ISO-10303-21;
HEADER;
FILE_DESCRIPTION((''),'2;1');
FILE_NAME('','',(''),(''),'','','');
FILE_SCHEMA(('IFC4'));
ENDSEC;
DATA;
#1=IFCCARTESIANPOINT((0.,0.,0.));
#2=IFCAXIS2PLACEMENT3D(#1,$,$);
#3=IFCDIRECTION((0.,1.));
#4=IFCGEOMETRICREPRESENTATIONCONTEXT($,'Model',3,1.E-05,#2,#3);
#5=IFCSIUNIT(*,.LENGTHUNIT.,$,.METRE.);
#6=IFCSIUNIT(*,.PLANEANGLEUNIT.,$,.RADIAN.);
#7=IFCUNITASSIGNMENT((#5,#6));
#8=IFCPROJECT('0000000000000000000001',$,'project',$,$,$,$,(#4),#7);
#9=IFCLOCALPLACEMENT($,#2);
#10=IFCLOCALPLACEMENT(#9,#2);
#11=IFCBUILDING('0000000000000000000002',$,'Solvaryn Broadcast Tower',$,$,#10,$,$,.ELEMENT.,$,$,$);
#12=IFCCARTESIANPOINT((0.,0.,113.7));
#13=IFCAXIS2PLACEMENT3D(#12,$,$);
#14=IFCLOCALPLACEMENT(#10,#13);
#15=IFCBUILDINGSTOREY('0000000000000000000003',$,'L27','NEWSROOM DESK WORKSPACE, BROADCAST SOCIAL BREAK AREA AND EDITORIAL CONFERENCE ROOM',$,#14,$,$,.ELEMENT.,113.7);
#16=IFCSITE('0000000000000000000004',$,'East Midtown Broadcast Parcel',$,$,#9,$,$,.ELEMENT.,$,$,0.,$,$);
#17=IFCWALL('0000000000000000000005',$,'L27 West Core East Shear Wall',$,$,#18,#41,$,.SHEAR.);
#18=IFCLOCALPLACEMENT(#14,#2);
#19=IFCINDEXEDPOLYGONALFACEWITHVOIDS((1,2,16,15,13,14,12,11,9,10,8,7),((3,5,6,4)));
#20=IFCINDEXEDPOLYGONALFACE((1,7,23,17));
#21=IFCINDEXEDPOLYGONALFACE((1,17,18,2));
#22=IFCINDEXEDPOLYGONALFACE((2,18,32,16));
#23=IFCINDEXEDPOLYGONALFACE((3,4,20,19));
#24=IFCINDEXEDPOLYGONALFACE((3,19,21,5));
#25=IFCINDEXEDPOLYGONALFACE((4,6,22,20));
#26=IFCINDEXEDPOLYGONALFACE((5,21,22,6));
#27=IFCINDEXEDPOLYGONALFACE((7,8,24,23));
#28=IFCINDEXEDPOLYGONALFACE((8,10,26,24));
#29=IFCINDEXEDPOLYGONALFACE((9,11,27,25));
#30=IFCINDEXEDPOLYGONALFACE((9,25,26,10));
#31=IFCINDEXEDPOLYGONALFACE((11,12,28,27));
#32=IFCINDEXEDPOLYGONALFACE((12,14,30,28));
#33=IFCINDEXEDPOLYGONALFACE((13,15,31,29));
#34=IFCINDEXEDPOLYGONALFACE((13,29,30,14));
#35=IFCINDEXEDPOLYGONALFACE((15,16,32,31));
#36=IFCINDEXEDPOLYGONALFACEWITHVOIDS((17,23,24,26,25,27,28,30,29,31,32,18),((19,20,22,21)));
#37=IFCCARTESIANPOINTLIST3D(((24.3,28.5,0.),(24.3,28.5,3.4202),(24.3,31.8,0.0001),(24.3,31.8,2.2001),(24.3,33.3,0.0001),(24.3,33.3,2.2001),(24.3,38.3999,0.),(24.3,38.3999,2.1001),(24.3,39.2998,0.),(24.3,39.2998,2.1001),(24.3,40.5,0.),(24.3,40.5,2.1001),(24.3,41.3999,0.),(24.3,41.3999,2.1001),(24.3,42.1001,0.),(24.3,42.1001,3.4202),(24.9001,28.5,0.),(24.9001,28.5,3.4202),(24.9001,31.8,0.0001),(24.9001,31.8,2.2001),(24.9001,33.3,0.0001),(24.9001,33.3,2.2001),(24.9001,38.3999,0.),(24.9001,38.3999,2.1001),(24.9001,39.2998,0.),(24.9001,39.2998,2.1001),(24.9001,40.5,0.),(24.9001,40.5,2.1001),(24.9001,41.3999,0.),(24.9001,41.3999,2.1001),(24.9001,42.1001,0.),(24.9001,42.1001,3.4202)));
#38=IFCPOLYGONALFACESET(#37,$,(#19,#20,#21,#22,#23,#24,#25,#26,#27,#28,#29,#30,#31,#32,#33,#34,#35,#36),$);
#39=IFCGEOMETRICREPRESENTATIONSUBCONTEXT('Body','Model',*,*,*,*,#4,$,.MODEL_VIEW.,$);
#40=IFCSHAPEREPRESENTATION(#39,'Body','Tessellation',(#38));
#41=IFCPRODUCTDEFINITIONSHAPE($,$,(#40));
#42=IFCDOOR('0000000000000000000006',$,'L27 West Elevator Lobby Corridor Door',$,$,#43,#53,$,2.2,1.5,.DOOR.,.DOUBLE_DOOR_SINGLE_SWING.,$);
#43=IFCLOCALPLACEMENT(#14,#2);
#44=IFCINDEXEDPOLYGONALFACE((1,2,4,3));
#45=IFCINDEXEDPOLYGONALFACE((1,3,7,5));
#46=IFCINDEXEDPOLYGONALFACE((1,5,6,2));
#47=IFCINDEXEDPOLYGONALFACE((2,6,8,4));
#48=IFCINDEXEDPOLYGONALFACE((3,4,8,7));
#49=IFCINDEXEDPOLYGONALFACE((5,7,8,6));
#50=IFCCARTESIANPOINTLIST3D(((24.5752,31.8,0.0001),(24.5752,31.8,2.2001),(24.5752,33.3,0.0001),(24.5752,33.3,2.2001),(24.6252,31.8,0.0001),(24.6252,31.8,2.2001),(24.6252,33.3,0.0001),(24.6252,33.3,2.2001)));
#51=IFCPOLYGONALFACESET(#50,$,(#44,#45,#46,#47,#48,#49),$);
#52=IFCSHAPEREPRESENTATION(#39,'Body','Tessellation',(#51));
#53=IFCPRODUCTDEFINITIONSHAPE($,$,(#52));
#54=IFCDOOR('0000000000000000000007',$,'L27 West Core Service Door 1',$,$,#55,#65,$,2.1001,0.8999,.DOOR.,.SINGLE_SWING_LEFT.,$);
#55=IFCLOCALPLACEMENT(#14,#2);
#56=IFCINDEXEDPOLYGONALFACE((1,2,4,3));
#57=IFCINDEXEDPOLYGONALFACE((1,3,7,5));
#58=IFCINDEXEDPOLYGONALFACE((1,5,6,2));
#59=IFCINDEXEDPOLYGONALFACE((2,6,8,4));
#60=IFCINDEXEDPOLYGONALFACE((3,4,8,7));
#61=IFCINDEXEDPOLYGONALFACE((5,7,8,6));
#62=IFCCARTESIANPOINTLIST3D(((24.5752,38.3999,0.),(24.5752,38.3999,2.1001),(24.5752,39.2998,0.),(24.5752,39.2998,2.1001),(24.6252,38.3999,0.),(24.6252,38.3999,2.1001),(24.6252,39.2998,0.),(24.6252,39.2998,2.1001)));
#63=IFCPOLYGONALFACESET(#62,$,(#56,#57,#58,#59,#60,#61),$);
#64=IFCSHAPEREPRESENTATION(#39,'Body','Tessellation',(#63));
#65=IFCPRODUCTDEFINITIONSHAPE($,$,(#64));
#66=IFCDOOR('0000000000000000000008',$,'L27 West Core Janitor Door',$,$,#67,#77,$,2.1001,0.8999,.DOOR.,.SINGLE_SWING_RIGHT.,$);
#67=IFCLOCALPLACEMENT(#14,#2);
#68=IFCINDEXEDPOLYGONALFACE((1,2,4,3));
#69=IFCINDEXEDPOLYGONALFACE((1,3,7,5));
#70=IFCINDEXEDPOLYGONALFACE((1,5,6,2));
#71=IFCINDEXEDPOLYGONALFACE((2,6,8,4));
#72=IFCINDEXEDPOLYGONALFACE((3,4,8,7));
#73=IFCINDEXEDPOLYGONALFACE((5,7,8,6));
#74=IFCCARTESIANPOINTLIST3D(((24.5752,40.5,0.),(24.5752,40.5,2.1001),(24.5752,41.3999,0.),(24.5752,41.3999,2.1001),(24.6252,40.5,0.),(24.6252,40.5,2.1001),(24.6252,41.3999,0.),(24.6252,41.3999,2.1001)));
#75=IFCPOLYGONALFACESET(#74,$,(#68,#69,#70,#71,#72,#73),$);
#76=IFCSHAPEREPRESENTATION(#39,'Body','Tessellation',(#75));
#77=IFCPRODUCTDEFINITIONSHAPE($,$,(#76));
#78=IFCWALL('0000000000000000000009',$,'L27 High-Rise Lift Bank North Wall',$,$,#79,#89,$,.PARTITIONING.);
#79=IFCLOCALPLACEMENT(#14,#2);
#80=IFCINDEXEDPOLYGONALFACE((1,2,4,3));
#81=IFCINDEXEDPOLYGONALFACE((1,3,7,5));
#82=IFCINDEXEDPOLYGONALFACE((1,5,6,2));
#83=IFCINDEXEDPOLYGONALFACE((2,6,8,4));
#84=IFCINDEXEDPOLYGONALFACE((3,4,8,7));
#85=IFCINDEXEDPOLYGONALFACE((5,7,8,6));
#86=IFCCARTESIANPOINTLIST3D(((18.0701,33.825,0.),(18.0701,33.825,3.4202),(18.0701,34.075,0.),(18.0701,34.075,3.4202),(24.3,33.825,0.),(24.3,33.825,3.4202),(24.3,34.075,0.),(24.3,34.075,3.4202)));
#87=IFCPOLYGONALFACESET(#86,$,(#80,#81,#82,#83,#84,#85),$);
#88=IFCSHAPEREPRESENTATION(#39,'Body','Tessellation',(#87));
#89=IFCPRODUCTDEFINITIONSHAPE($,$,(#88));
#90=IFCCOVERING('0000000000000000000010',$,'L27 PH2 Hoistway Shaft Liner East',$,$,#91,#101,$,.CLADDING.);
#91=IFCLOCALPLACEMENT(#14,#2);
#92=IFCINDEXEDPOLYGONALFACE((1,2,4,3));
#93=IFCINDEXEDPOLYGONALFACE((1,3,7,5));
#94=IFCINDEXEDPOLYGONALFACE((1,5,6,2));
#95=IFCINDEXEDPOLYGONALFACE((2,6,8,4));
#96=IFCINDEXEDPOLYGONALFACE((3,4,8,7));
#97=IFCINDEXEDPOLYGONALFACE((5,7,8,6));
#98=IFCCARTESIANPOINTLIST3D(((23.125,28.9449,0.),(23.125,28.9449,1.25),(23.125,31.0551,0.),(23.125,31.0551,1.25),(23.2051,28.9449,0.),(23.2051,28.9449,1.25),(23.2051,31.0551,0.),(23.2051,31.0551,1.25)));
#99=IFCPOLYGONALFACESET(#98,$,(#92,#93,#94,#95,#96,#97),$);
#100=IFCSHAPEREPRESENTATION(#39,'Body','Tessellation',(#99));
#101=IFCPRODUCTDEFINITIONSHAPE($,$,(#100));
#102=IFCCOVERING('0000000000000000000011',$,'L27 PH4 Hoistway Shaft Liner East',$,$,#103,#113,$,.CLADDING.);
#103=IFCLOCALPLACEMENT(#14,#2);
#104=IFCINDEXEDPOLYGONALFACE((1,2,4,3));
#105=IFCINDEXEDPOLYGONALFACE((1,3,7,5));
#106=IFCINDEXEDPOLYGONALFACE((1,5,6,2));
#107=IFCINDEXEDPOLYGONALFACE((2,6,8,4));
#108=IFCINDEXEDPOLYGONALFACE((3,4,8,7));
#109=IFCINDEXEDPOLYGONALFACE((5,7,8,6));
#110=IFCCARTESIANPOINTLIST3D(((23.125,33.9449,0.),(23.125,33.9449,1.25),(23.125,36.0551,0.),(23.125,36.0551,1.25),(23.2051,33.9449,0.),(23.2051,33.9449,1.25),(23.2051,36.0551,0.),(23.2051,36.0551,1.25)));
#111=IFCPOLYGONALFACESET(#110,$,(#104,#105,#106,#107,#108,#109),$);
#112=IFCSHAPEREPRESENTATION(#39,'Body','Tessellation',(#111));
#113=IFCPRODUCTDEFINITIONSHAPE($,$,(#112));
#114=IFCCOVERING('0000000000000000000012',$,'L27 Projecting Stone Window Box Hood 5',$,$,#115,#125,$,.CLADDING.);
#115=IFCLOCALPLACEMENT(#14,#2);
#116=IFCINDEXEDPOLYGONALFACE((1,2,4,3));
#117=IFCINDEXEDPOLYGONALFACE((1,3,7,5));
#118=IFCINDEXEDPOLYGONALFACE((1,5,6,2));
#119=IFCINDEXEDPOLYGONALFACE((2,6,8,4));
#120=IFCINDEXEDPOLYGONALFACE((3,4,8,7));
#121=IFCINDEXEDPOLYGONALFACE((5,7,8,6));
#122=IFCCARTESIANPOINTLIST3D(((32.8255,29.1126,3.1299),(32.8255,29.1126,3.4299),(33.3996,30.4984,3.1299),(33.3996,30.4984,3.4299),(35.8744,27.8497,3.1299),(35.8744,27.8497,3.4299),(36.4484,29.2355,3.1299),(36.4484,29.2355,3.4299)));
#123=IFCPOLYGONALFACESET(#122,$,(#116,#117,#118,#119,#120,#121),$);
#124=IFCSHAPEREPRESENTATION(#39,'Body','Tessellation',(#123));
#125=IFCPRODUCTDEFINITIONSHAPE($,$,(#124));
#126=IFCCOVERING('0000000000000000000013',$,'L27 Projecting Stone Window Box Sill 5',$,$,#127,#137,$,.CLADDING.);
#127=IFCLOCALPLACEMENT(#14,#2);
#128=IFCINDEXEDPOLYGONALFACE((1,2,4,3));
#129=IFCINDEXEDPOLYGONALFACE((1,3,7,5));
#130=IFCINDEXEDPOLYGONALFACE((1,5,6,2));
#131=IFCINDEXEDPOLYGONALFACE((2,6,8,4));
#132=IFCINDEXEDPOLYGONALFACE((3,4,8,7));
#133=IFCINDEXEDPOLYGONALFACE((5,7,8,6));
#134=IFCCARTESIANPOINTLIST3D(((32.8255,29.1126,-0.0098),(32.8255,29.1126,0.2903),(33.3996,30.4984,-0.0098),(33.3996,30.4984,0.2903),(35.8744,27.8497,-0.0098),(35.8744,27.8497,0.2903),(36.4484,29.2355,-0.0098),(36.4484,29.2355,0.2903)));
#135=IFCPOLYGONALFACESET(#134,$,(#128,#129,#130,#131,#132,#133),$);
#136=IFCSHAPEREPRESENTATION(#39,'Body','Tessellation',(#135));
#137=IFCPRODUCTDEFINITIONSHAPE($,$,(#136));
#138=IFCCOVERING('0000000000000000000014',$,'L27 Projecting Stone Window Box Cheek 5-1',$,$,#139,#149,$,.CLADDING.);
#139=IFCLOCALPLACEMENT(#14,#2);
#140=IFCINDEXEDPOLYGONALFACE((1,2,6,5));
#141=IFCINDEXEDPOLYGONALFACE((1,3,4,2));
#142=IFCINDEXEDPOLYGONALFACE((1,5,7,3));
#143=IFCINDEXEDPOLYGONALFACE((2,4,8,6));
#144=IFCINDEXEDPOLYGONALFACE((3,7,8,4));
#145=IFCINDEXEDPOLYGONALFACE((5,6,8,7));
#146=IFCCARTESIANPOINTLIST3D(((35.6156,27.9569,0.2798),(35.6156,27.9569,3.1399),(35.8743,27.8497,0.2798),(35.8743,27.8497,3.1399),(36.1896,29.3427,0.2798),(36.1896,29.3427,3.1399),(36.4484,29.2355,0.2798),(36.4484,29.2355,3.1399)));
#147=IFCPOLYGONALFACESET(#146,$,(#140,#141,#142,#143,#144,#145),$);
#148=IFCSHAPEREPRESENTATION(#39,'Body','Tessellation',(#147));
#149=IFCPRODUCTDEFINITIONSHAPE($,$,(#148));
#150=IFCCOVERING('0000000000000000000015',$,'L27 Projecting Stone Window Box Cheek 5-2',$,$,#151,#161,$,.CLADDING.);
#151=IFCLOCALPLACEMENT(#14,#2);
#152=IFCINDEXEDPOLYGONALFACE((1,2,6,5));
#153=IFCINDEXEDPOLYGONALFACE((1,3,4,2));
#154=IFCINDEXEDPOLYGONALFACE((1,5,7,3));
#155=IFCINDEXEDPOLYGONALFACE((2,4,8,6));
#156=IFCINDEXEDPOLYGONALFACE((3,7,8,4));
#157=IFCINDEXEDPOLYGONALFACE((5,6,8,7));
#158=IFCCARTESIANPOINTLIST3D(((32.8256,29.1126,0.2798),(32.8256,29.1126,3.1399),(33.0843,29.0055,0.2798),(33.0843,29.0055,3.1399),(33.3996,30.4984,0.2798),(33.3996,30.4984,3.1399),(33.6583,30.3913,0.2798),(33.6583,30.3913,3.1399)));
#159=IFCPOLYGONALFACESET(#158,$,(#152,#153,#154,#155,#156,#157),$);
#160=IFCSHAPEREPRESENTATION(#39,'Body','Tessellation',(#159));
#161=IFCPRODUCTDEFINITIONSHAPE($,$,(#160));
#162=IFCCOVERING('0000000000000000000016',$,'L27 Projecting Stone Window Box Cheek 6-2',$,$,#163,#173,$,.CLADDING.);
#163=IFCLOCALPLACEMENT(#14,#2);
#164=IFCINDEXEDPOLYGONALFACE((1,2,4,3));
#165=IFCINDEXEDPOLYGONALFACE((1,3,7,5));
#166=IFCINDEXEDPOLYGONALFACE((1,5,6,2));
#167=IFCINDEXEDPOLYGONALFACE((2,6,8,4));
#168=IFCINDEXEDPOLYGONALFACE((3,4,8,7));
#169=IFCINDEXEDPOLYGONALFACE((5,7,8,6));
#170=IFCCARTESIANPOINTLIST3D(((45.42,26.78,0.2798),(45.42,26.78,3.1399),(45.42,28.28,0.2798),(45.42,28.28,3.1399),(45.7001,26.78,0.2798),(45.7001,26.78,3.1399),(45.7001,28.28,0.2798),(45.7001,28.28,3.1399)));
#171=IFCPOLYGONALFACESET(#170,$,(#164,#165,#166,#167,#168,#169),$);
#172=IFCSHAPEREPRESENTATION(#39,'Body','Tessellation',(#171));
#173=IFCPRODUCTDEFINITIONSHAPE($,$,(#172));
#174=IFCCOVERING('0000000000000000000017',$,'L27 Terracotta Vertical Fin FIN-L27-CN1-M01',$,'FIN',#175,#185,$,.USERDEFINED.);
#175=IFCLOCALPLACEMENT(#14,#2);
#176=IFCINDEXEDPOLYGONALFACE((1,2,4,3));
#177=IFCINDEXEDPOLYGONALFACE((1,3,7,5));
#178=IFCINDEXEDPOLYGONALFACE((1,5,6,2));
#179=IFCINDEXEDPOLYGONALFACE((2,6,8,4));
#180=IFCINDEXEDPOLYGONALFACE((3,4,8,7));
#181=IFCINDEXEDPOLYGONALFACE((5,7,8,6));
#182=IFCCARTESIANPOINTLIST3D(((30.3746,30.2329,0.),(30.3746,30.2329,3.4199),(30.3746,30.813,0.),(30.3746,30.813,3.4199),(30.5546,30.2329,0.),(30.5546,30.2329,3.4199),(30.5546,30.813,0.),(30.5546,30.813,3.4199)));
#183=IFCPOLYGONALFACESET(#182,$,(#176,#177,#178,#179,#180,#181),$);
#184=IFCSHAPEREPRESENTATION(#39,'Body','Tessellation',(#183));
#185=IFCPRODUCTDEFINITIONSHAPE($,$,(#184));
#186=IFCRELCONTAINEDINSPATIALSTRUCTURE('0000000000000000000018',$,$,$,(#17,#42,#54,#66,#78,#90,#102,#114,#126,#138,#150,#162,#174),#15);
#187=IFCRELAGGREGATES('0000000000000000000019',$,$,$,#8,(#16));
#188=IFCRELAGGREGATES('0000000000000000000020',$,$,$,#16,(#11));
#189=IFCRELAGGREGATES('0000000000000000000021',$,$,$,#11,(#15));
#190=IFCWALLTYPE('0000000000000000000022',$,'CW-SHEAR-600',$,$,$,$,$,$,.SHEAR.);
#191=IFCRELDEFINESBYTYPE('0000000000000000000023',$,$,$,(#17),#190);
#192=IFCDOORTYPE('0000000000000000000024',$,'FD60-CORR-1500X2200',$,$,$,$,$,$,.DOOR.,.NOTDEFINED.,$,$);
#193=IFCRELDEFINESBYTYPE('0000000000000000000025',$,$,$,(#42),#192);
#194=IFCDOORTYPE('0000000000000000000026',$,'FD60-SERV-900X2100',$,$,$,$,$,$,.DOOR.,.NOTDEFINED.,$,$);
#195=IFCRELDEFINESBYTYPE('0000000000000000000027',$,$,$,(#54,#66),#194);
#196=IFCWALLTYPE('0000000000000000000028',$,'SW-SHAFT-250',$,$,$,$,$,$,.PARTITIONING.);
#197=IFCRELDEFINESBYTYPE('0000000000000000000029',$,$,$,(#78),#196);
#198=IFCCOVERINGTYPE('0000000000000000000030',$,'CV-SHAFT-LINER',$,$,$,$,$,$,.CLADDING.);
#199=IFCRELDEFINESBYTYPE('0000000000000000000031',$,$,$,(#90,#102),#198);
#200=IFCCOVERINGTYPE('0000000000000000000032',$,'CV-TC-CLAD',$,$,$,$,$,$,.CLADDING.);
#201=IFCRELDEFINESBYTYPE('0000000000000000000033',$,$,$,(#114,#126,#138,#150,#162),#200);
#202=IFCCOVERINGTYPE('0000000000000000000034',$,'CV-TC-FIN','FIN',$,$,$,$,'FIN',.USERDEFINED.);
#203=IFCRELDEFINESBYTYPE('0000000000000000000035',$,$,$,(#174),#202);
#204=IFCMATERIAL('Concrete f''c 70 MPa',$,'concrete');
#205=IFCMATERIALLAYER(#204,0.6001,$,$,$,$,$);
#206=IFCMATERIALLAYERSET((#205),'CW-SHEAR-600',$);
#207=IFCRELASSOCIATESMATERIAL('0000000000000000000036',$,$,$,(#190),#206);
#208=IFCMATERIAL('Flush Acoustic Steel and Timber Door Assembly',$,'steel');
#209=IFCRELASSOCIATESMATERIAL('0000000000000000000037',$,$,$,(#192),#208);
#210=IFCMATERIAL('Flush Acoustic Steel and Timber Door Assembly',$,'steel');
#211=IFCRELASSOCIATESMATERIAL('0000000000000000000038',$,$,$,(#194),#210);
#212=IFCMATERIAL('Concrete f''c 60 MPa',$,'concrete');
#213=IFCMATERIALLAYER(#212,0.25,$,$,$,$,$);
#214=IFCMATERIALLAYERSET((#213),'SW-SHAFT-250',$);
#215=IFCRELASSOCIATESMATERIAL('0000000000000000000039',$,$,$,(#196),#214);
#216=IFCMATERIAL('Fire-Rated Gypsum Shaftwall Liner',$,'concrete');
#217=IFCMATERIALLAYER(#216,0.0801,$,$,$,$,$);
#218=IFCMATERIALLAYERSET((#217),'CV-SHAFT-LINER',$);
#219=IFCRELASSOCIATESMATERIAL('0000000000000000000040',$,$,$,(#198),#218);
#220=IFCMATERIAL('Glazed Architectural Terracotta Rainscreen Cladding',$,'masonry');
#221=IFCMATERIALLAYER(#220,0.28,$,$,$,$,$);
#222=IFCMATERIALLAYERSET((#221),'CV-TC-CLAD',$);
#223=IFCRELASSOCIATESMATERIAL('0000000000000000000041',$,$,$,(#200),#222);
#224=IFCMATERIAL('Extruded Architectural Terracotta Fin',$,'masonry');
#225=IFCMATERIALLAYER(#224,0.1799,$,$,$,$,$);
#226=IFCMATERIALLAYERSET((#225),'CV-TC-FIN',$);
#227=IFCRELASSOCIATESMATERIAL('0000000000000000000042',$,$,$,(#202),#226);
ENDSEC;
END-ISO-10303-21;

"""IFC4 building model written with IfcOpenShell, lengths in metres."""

from ifc_helpers import new_model, si_unit, direction, frame, frame_2d, origin, origin_2d, place, context, subcontext, project, spatial, rectangle, extrude, material, layer, layer_set, type_object, element, fill, save


model = new_model("IFC4")

# Units and contexts
model_context = context("Model", 3, precision=1e-05, world=origin(), true_north=direction((0.0, 1.0)))
body_context = subcontext(model_context, "Body", "Model", "MODEL_VIEW")
ifc_project = project(units=[si_unit("LENGTHUNIT", "METRE"), si_unit("PLANEANGLEUNIT", "RADIAN")], contexts=[model_context])

# Site, building, storey
site_placement = place(None, origin())
site = spatial("IfcSite", under=ifc_project, at=site_placement, Name="East Midtown Broadcast Parcel", CompositionType="ELEMENT", RefElevation=0.0)
building_placement = place(site_placement, origin())
building = spatial("IfcBuilding", under=site, at=building_placement, Name="Solvaryn Broadcast Tower", CompositionType="ELEMENT")
storey_placement = place(building_placement, frame((0.0, 0.0, 113.7)))
storey = spatial("IfcBuildingStorey", under=building, at=storey_placement, Name="L27", Description="NEWSROOM DESK WORKSPACE, BROADCAST SOCIAL BREAK AREA AND EDITORIAL CONFERENCE ROOM", CompositionType="ELEMENT", Elevation=113.7)

# Wall, openings, doors
ifc_material_1 = material(Name="Concrete f'c 70 MPa", Category="concrete")
ifc_layer_1 = layer(ifc_material_1, 0.6001)
ifc_layer_set_1 = layer_set([ifc_layer_1], Name="CW-SHEAR-600")
wall_type_1 = type_object("IfcWallType", Name="CW-SHEAR-600", PredefinedType="SHEAR", material=ifc_layer_set_1)
wall_1_placement = place(storey_placement, frame((24.6001, 28.5, 0.0), z_axis=(0.0, 0.0, 1.0), x_axis=(0.0, 1.0, 0.0)))
wall_1 = element("IfcWall", 1, at=wall_1_placement, inside=storey, type_object=wall_type_1, Name="L27 West Core East Shear Wall", PredefinedType="SHEAR", context=body_context, shape_type="SweptSolid", body=[
    extrude(rectangle(XDim=13.6001, YDim=0.6001, at=frame_2d((6.8, 0.0))), origin(), (0.0, 0.0, 1.0), 3.4202),
])
opening_1_placement = place(wall_1_placement, frame((3.3, 0.0, 0.0)))
opening_1 = element("IfcOpeningElement", 2, at=opening_1_placement, cuts=wall_1, PredefinedType="OPENING", context=body_context, shape_type="SweptSolid", body=[
    extrude(rectangle(XDim=1.5, YDim=2.2, at=frame_2d((0.75, 1.1001))), frame((0.0, 0.3101, 0.0), z_axis=(0.0, -1.0, 0.0), x_axis=(1.0, 0.0, 0.0)), (0.0, 0.0, 1.0), 0.6201),
])
opening_2_placement = place(wall_1_placement, frame((9.8999, 0.0, 0.0)))
opening_2 = element("IfcOpeningElement", 3, at=opening_2_placement, cuts=wall_1, PredefinedType="OPENING", context=body_context, shape_type="SweptSolid", body=[
    extrude(rectangle(XDim=0.8999, YDim=2.1001, at=frame_2d((0.45, 1.05))), frame((0.0, 0.3101, 0.0), z_axis=(0.0, -1.0, 0.0), x_axis=(1.0, 0.0, 0.0)), (0.0, 0.0, 1.0), 0.6201),
])
opening_3_placement = place(wall_1_placement, frame((12.0, 0.0, 0.0)))
opening_3 = element("IfcOpeningElement", 4, at=opening_3_placement, cuts=wall_1, PredefinedType="OPENING", context=body_context, shape_type="SweptSolid", body=[
    extrude(rectangle(XDim=0.8999, YDim=2.1001, at=frame_2d((0.45, 1.05))), frame((0.0, 0.3101, 0.0), z_axis=(0.0, -1.0, 0.0), x_axis=(1.0, 0.0, 0.0)), (0.0, 0.0, 1.0), 0.6201),
])
ifc_material_2 = material(Name="Flush Acoustic Steel and Timber Door Assembly", Category="steel")
door_type_1 = type_object("IfcDoorType", Name="FD60-CORR-1500X2200", OperationType="NOTDEFINED", PredefinedType="DOOR", material=ifc_material_2)
door_1_placement = place(opening_1_placement, origin())
door_1 = element("IfcDoor", 5, at=door_1_placement, inside=storey, type_object=door_type_1, Name="L27 West Elevator Lobby Corridor Door", OperationType="DOUBLE_DOOR_SINGLE_SWING", OverallHeight=2.2, OverallWidth=1.5, PredefinedType="DOOR", context=body_context, shape_type="SweptSolid", body=[
    extrude(rectangle(XDim=1.5, YDim=2.2, at=frame_2d((0.75, 1.1001))), frame((0.0, 0.0249, 0.0), z_axis=(0.0, -1.0, 0.0), x_axis=(1.0, 0.0, 0.0)), (0.0, 0.0, 1.0), 0.05),
])
fill(opening_1, door_1)
ifc_material_3 = material(Name="Flush Acoustic Steel and Timber Door Assembly", Category="steel")
door_type_2 = type_object("IfcDoorType", Name="FD60-SERV-900X2100", OperationType="NOTDEFINED", PredefinedType="DOOR", material=ifc_material_3)
door_2_placement = place(opening_2_placement, origin())
door_2 = element("IfcDoor", 6, at=door_2_placement, inside=storey, type_object=door_type_2, Name="L27 West Core Service Door 1", OperationType="SINGLE_SWING_LEFT", OverallHeight=2.1001, OverallWidth=0.8999, PredefinedType="DOOR", context=body_context, shape_type="SweptSolid", body=[
    extrude(rectangle(XDim=0.8999, YDim=2.1001, at=frame_2d((0.45, 1.05))), frame((0.0, 0.0249, 0.0), z_axis=(0.0, -1.0, 0.0), x_axis=(1.0, 0.0, 0.0)), (0.0, 0.0, 1.0), 0.05),
])
fill(opening_2, door_2)
door_3_placement = place(opening_3_placement, origin())
door_3 = element("IfcDoor", 7, at=door_3_placement, inside=storey, type_object=door_type_2, Name="L27 West Core Janitor Door", OperationType="SINGLE_SWING_RIGHT", OverallHeight=2.1001, OverallWidth=0.8999, PredefinedType="DOOR", context=body_context, shape_type="SweptSolid", body=[
    extrude(rectangle(XDim=0.8999, YDim=2.1001, at=frame_2d((0.45, 1.05))), frame((0.0, 0.0249, 0.0), z_axis=(0.0, -1.0, 0.0), x_axis=(1.0, 0.0, 0.0)), (0.0, 0.0, 1.0), 0.05),
])
fill(opening_3, door_3)

# Wall
ifc_material_4 = material(Name="Concrete f'c 60 MPa", Category="concrete")
ifc_layer_2 = layer(ifc_material_4, 0.25)
ifc_layer_set_2 = layer_set([ifc_layer_2], Name="SW-SHAFT-250")
wall_type_2 = type_object("IfcWallType", Name="SW-SHAFT-250", PredefinedType="PARTITIONING", material=ifc_layer_set_2)
wall_2_placement = place(storey_placement, frame((24.3, 33.95, 0.0), z_axis=(0.0, 0.0, 1.0), x_axis=(-1.0, 0.0, 0.0)))
element("IfcWall", 8, at=wall_2_placement, inside=storey, type_object=wall_type_2, Name="L27 High-Rise Lift Bank North Wall", PredefinedType="PARTITIONING", context=body_context, shape_type="SweptSolid", body=[
    extrude(rectangle(XDim=6.23, YDim=0.25, at=frame_2d((3.115, 0.0))), origin(), (0.0, 0.0, 1.0), 3.4202),
])

# Coverings
ifc_material_5 = material(Name="Fire-Rated Gypsum Shaftwall Liner", Category="concrete")
ifc_layer_3 = layer(ifc_material_5, 0.0801)
ifc_layer_set_3 = layer_set([ifc_layer_3], Name="CV-SHAFT-LINER")
covering_type_1 = type_object("IfcCoveringType", Name="CV-SHAFT-LINER", PredefinedType="CLADDING", material=ifc_layer_set_3)
for number, where, z_axis, x_axis, name in (
    (9, (23.165, 30.0, 0.0), (0.0, 0.0, 1.0), (1.0, 0.0, 0.0), "L27 PH2 Hoistway Shaft Liner East"),
    (10, (23.165, 35.0, 0.0), (0.0, 0.0, 1.0), (1.0, 0.0, 0.0), "L27 PH4 Hoistway Shaft Liner East"),
):
    element("IfcCovering", number, at=place(storey_placement, frame(where, z_axis=z_axis, x_axis=x_axis)), inside=storey, type_object=covering_type_1, Name=name, PredefinedType="CLADDING", context=body_context, shape_type="SweptSolid", body=[
        extrude(rectangle(XDim=0.0801, YDim=2.1101, at=origin_2d()), origin(), (0.0, 0.0, 1.0), 1.25),
    ])
ifc_material_6 = material(Name="Glazed Architectural Terracotta Rainscreen Cladding", Category="masonry")
ifc_layer_4 = layer(ifc_material_6, 0.28)
ifc_layer_set_4 = layer_set([ifc_layer_4], Name="CV-TC-CLAD")
covering_type_2 = type_object("IfcCoveringType", Name="CV-TC-CLAD", PredefinedType="CLADDING", material=ifc_layer_set_4)
for number, where, z_axis, x_axis, name in (
    (11, (34.637, 29.1741, 3.1299), (0.0, 0.0, 1.0), (-0.92388, 0.382683, 0.0), "L27 Projecting Stone Window Box Hood 5"),
    (12, (34.637, 29.1741, -0.0098), (0.0, 0.0, 1.0), (-0.92388, 0.382683, 0.0), "L27 Projecting Stone Window Box Sill 5"),
):
    element("IfcCovering", number, at=place(storey_placement, frame(where, z_axis=z_axis, x_axis=x_axis)), inside=storey, type_object=covering_type_2, Name=name, PredefinedType="CLADDING", context=body_context, shape_type="SweptSolid", body=[
        extrude(rectangle(XDim=3.3, YDim=1.5, at=origin_2d()), origin(), (0.0, 0.0, 1.0), 0.3),
    ])
for number, where, z_axis, x_axis, name in (
    (13, (36.032, 28.5962, 0.2798), (0.0, 0.0, 1.0), (-0.92388, 0.382683, 0.0), "L27 Projecting Stone Window Box Cheek 5-1"),
    (14, (33.2419, 29.752, 0.2798), (0.0, 0.0, 1.0), (-0.92388, 0.382683, 0.0), "L27 Projecting Stone Window Box Cheek 5-2"),
    (15, (45.5601, 27.53, 0.2798), (0.0, 0.0, 1.0), (1.0, 0.0, 0.0), "L27 Projecting Stone Window Box Cheek 6-2"),
):
    element("IfcCovering", number, at=place(storey_placement, frame(where, z_axis=z_axis, x_axis=x_axis)), inside=storey, type_object=covering_type_2, Name=name, PredefinedType="CLADDING", context=body_context, shape_type="SweptSolid", body=[
        extrude(rectangle(XDim=0.28, YDim=1.5, at=origin_2d()), origin(), (0.0, 0.0, 1.0), 2.8601),
    ])
ifc_material_7 = material(Name="Extruded Architectural Terracotta Fin", Category="masonry")
ifc_layer_5 = layer(ifc_material_7, 0.1799)
ifc_layer_set_5 = layer_set([ifc_layer_5], Name="CV-TC-FIN")
covering_type_3 = type_object("IfcCoveringType", Name="CV-TC-FIN", Description="FIN", ElementType="FIN", PredefinedType="USERDEFINED", material=ifc_layer_set_5)
covering_1_placement = place(storey_placement, frame((30.4646, 30.5229, 0.0), z_axis=(0.0, 0.0, 1.0), x_axis=(1.0, 0.0, 0.0)))
element("IfcCovering", 16, at=covering_1_placement, inside=storey, type_object=covering_type_3, Name="L27 Terracotta Vertical Fin FIN-L27-CN1-M01", ObjectType="FIN", PredefinedType="USERDEFINED", context=body_context, shape_type="SweptSolid", body=[
    extrude(rectangle(XDim=0.1799, YDim=0.5801, at=origin_2d()), origin(), (0.0, 0.0, 1.0), 3.4199),
])

save(model, "model.ifc")
